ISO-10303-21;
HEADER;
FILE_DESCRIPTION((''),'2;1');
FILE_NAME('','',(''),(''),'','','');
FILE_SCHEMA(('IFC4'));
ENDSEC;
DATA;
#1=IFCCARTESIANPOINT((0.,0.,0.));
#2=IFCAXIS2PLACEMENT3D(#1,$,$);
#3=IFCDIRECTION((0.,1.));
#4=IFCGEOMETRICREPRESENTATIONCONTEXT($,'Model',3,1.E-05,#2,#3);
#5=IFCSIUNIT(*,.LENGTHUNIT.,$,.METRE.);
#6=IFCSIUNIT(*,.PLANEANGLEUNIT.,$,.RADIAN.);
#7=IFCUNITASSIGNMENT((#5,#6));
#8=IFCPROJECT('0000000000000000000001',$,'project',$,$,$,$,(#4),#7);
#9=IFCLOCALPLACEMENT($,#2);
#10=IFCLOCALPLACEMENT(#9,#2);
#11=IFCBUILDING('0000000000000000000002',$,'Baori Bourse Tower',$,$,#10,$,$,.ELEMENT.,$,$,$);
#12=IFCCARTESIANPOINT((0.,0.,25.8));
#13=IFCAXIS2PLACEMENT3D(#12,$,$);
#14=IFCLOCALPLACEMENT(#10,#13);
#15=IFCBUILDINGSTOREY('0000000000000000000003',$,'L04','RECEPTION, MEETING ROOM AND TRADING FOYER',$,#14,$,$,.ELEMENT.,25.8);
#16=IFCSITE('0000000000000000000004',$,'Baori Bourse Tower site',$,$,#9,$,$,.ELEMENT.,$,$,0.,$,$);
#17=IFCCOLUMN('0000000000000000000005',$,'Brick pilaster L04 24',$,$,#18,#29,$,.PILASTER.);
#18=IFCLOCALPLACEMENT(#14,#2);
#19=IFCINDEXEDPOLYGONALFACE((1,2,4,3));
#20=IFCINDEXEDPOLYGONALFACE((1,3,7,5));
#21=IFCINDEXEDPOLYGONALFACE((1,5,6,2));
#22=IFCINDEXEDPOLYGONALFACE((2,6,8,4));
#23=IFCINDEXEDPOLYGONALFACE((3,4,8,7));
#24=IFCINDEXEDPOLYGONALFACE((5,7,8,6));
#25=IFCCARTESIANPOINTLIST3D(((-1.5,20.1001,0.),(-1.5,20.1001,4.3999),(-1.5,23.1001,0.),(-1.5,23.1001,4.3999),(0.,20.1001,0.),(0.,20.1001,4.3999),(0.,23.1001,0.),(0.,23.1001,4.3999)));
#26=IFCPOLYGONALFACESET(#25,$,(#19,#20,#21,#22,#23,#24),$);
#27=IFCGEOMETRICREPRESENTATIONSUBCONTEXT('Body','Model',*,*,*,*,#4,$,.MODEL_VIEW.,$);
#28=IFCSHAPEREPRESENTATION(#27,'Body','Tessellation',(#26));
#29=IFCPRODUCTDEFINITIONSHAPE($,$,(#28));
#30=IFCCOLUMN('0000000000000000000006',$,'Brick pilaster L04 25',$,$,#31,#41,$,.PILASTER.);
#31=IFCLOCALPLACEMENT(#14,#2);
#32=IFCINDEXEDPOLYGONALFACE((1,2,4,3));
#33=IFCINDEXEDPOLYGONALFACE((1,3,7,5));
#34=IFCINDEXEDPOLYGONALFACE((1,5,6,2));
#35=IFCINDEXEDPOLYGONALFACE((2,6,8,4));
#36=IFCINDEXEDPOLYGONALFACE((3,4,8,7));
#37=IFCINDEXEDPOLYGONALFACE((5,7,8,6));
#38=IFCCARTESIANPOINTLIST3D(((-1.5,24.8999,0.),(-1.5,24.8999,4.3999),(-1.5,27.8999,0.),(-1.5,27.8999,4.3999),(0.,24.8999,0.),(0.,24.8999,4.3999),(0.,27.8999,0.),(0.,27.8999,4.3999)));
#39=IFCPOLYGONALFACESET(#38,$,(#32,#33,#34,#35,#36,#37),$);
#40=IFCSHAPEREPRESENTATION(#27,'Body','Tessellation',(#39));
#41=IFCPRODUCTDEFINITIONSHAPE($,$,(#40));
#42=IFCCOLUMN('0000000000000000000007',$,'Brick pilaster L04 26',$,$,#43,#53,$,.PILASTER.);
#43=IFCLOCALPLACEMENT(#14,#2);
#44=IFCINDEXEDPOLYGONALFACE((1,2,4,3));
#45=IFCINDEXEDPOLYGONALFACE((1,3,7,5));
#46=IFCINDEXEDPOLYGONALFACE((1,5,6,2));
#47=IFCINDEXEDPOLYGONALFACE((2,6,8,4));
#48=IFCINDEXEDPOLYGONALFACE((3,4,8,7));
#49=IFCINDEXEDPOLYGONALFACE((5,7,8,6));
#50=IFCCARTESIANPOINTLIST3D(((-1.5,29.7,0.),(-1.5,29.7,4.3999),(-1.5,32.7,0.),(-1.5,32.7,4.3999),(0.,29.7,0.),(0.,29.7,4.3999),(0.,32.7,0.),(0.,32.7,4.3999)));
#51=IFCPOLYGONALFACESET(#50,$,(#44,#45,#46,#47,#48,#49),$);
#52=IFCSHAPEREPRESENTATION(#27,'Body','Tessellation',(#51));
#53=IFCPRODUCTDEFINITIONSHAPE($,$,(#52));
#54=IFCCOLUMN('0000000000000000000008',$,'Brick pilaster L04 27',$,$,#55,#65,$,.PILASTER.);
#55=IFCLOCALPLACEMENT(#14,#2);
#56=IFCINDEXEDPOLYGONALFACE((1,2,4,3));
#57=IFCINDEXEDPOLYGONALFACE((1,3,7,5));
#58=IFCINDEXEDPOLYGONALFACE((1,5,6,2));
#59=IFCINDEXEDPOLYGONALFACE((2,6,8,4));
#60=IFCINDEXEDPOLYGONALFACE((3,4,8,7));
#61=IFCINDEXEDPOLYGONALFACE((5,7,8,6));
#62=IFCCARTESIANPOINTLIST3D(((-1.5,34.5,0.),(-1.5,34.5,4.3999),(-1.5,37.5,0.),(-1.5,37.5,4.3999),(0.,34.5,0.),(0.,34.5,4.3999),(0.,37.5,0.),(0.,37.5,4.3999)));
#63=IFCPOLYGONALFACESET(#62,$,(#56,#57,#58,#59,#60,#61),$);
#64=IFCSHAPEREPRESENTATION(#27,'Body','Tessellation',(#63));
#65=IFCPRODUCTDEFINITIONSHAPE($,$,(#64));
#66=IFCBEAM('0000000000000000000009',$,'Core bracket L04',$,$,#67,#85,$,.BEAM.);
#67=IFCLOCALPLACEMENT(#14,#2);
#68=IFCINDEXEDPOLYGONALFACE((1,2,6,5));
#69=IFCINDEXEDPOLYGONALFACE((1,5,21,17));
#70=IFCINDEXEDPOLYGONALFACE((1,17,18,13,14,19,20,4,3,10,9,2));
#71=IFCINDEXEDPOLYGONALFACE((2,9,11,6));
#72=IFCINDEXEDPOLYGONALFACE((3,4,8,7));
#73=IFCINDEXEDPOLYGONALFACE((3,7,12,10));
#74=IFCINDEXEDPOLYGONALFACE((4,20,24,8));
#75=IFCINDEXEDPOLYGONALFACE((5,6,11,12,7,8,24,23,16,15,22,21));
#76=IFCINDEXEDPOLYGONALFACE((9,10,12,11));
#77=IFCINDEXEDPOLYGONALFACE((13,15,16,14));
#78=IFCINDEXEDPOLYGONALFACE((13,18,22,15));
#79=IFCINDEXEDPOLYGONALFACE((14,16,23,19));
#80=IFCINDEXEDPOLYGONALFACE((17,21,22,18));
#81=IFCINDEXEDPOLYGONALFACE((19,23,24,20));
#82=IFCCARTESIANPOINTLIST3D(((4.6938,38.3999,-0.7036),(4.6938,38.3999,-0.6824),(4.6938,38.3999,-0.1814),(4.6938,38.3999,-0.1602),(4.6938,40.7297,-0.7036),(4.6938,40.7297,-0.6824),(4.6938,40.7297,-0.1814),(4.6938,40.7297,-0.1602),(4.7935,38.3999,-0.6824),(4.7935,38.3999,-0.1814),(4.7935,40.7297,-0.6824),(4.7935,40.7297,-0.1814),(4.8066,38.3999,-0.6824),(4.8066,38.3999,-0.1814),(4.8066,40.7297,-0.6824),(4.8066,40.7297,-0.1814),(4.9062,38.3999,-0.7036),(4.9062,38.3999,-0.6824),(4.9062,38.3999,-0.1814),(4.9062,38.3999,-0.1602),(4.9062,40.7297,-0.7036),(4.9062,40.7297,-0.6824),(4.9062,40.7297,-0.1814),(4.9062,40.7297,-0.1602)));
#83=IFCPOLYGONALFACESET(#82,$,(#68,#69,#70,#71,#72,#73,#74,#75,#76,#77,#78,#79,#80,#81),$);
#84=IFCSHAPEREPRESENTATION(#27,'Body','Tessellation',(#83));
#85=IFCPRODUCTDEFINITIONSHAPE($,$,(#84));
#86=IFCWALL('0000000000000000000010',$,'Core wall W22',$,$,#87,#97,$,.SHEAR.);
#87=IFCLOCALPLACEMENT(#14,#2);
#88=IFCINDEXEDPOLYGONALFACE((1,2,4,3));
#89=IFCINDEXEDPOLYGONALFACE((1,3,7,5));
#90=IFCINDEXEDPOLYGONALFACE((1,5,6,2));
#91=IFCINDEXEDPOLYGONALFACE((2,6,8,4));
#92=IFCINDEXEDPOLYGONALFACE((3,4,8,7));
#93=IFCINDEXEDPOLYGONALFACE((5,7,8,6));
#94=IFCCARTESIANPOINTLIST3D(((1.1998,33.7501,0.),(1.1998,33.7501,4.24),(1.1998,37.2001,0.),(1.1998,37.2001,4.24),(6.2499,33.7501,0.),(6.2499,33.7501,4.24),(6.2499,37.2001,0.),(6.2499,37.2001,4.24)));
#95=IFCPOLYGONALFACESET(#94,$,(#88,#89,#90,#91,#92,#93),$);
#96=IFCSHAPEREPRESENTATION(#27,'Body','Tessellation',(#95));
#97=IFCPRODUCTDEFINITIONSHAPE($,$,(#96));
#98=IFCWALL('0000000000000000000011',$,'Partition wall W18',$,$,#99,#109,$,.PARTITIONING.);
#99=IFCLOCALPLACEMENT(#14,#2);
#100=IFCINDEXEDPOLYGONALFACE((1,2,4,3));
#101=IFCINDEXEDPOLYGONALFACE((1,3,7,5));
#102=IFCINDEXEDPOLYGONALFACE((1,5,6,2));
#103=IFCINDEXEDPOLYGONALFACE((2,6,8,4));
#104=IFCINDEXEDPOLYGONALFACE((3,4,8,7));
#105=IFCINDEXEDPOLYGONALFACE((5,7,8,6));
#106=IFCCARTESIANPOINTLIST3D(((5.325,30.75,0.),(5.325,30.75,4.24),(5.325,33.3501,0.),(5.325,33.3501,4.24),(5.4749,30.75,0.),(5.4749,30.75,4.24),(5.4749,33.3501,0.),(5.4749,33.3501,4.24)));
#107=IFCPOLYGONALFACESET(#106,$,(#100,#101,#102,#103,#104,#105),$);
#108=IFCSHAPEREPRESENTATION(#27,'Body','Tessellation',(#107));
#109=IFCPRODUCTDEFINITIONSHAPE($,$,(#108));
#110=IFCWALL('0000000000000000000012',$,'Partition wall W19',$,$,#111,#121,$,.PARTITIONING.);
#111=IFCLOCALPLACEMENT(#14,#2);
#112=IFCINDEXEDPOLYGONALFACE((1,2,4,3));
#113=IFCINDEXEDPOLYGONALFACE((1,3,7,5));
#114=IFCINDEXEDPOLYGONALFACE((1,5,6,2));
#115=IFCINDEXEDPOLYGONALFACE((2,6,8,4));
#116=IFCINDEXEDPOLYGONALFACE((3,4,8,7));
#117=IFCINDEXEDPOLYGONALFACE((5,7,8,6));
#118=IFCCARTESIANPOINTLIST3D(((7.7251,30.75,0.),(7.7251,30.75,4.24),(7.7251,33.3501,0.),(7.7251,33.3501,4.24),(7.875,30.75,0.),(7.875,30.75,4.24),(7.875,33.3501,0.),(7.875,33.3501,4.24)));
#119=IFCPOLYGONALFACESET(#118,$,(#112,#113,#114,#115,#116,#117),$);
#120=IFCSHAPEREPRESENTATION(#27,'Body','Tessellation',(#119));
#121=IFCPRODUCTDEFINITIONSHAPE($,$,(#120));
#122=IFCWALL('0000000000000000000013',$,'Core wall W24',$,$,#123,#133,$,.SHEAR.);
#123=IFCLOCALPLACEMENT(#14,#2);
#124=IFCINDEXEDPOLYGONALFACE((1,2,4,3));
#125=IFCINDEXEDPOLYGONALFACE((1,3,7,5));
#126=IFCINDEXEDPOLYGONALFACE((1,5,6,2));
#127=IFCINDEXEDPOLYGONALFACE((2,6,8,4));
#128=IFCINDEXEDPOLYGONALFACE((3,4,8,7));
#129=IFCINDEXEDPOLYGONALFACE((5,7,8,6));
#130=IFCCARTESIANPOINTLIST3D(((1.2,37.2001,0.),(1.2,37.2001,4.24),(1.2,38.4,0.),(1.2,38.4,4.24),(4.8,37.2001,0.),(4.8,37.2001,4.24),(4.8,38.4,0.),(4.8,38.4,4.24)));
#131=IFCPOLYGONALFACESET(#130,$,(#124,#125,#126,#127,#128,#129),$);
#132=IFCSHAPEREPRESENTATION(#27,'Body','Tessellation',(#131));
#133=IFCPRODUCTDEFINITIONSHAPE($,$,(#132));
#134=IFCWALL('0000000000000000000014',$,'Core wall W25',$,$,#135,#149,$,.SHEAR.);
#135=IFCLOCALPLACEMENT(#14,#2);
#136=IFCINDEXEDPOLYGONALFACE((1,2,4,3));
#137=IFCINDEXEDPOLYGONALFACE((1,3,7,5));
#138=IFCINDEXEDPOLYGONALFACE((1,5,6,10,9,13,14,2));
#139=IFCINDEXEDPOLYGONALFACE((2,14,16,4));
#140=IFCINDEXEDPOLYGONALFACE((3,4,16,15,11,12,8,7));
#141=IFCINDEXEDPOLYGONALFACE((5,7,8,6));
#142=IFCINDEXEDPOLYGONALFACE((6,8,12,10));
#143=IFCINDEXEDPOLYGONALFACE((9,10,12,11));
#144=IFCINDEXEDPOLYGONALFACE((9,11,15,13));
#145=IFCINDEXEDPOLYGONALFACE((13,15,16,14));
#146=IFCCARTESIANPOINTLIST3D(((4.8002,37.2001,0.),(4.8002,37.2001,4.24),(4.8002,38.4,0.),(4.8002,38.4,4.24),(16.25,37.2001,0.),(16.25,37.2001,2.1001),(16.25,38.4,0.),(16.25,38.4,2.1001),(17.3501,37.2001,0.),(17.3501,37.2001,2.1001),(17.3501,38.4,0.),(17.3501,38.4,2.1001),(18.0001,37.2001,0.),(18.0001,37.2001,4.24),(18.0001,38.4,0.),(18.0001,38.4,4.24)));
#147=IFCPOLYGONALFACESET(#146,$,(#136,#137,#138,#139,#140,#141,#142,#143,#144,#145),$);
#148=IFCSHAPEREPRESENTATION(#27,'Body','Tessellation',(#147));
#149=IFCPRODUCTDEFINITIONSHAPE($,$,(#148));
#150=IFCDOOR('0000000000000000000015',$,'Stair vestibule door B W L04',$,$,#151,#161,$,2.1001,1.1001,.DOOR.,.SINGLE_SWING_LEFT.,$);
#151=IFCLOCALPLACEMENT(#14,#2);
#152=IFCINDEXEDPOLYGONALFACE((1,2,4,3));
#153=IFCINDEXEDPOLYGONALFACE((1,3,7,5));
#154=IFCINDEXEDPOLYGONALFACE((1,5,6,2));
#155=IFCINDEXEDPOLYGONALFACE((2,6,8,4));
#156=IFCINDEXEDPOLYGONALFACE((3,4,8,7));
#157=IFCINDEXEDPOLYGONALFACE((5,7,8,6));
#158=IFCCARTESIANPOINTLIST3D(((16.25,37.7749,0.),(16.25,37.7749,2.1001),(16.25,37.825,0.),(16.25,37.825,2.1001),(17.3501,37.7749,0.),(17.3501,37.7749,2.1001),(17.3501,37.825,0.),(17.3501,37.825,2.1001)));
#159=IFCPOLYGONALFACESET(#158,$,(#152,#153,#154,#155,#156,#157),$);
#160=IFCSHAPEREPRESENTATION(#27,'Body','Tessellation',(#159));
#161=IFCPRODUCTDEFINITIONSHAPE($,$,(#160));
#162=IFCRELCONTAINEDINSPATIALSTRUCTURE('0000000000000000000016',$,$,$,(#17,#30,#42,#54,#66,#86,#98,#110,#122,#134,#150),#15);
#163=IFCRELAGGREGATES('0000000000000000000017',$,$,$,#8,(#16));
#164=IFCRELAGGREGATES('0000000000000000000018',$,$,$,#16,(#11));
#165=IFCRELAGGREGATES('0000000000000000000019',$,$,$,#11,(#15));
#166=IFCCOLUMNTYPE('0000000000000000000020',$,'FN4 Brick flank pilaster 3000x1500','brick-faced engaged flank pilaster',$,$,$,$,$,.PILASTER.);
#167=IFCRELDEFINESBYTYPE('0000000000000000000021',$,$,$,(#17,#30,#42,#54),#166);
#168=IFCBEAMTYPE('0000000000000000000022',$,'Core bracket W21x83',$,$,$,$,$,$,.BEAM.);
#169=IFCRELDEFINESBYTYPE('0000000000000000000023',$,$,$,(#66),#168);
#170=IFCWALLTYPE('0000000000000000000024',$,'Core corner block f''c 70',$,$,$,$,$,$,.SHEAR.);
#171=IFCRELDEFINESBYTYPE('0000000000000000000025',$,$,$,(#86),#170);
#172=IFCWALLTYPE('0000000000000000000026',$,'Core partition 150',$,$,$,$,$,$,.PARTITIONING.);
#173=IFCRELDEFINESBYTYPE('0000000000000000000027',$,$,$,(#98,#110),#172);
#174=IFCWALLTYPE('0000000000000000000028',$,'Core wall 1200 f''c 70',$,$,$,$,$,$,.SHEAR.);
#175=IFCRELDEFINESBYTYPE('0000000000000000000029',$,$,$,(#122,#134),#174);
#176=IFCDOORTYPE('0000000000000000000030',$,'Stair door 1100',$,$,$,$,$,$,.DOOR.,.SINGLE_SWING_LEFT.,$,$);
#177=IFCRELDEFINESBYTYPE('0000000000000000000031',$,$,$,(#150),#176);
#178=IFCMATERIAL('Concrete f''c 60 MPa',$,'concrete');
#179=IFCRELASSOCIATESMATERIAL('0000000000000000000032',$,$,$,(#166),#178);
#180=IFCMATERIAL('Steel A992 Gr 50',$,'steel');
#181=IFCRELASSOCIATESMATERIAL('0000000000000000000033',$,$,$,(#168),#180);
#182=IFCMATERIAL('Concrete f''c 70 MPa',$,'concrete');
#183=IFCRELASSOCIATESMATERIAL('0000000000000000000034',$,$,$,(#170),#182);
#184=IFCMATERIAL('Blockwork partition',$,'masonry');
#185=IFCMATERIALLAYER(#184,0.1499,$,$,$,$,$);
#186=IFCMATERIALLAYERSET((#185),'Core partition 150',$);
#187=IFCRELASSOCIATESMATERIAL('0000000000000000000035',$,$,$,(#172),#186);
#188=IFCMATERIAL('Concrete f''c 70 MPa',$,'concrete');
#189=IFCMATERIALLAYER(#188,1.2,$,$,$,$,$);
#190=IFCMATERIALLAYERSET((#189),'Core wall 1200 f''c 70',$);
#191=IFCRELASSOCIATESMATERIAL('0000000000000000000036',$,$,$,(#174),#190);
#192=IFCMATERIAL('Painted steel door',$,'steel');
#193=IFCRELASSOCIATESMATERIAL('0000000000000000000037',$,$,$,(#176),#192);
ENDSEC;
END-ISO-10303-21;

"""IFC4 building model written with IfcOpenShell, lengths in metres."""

from ifc_helpers import new_model, si_unit, direction, frame, frame_2d, origin, origin_2d, place, context, subcontext, project, spatial, rectangle, i_section, extrude, material, layer, layer_set, material_profile, profile_set, type_object, element, fill, save


model = new_model("IFC4")

# Units and contexts
model_context = context("Model", 3, precision=1e-05, world=origin(), true_north=direction((0.0, 1.0)))
body_context = subcontext(model_context, "Body", "Model", "MODEL_VIEW")
ifc_project = project(units=[si_unit("LENGTHUNIT", "METRE"), si_unit("PLANEANGLEUNIT", "RADIAN")], contexts=[model_context])

# Site, building, storey
site_placement = place(None, origin())
site = spatial("IfcSite", under=ifc_project, at=site_placement, Name="Baori Bourse Tower site", CompositionType="ELEMENT", RefElevation=0.0)
building_placement = place(site_placement, origin())
building = spatial("IfcBuilding", under=site, at=building_placement, Name="Baori Bourse Tower", CompositionType="ELEMENT")
storey_placement = place(building_placement, frame((0.0, 0.0, 25.8)))
storey = spatial("IfcBuildingStorey", under=building, at=storey_placement, Name="L04", Description="RECEPTION, MEETING ROOM AND TRADING FOYER", CompositionType="ELEMENT", Elevation=25.8)

# Columns
ifc_material_1 = material(Name="Concrete f'c 60 MPa", Category="concrete")
ifc_material_profile_1 = material_profile(ifc_material_1, rectangle(XDim=3.0, YDim=1.5, at=origin_2d()), Name="RC 3000x1500")
ifc_profile_set_1 = profile_set([ifc_material_profile_1], Name="Concrete f'c 60 MPa")
column_type = type_object("IfcColumnType", Name="FN4 Brick flank pilaster 3000x1500", Description="brick-faced engaged flank pilaster", PredefinedType="PILASTER", material=ifc_profile_set_1)
for number, where, z_axis, x_axis, name in (
    (1, (-0.75, 21.6001, 0.0), (0.0, 0.0, 1.0), (0.0, 1.0, 0.0), "Brick pilaster L04 24"),
    (2, (-0.75, 26.3999, 0.0), (0.0, 0.0, 1.0), (0.0, 1.0, 0.0), "Brick pilaster L04 25"),
    (3, (-0.75, 31.2, 0.0), (0.0, 0.0, 1.0), (0.0, 1.0, 0.0), "Brick pilaster L04 26"),
    (4, (-0.75, 36.0, 0.0), (0.0, 0.0, 1.0), (0.0, 1.0, 0.0), "Brick pilaster L04 27"),
):
    element("IfcColumn", number, at=place(storey_placement, frame(where, z_axis=z_axis, x_axis=x_axis)), inside=storey, type_object=column_type, Name=name, PredefinedType="PILASTER", context=body_context, shape_type="SweptSolid", body=[
        extrude(rectangle(XDim=3.0, YDim=1.5, at=origin_2d()), origin(), (0.0, 0.0, 1.0), 4.3999),
    ])

# Beam
ifc_material_2 = material(Name="Steel A992 Gr 50", Category="steel")
ifc_material_profile_2 = material_profile(ifc_material_2, i_section(OverallWidth=0.2124, OverallDepth=0.5435, WebThickness=0.0132, FlangeThickness=0.0212, at=origin_2d()), Name="W21x83")
ifc_profile_set_2 = profile_set([ifc_material_profile_2], Name="Steel A992 Gr 50")
beam_type = type_object("IfcBeamType", Name="Core bracket W21x83", PredefinedType="BEAM", material=ifc_profile_set_2)
beam_placement = place(storey_placement, frame((4.8, 38.3999, -0.4319), z_axis=(0.0, 1.0, 0.0), x_axis=(-1.0, 0.0, 0.0)))
element("IfcBeam", 5, at=beam_placement, inside=storey, type_object=beam_type, Name="Core bracket L04", PredefinedType="BEAM", context=body_context, shape_type="SweptSolid", body=[
    extrude(i_section(OverallWidth=0.2124, OverallDepth=0.5435, WebThickness=0.0132, FlangeThickness=0.0212, at=origin_2d()), origin(), (0.0, 0.0, 1.0), 2.3298),
])

# Walls
ifc_material_3 = material(Name="Concrete f'c 70 MPa", Category="concrete")
wall_type_1 = type_object("IfcWallType", Name="Core corner block f'c 70", PredefinedType="SHEAR", material=ifc_material_3)
wall_1_placement = place(storey_placement, frame((1.2, 35.4751, 0.0), z_axis=(0.0, 0.0, 1.0), x_axis=(1.0, 0.0, 0.0)))
element("IfcWall", 6, at=wall_1_placement, inside=storey, type_object=wall_type_1, Name="Core wall W22", PredefinedType="SHEAR", context=body_context, shape_type="SweptSolid", body=[
    extrude(rectangle(XDim=5.05, YDim=3.45, at=frame_2d((2.5249, 0.0))), origin(), (0.0, 0.0, 1.0), 4.24),
])
ifc_material_4 = material(Name="Blockwork partition", Category="masonry")
ifc_layer_1 = layer(ifc_material_4, 0.1499)
ifc_layer_set_1 = layer_set([ifc_layer_1], Name="Core partition 150")
wall_type_2 = type_object("IfcWallType", Name="Core partition 150", PredefinedType="PARTITIONING", material=ifc_layer_set_1)
for number, where, z_axis, x_axis, name in (
    (7, (5.3999, 30.75, 0.0), (0.0, 0.0, 1.0), (0.0, 1.0, 0.0), "Partition wall W18"),
    (8, (7.8, 30.75, 0.0), (0.0, 0.0, 1.0), (0.0, 1.0, 0.0), "Partition wall W19"),
):
    element("IfcWall", number, at=place(storey_placement, frame(where, z_axis=z_axis, x_axis=x_axis)), inside=storey, type_object=wall_type_2, Name=name, PredefinedType="PARTITIONING", context=body_context, shape_type="SweptSolid", body=[
        extrude(rectangle(XDim=2.6001, YDim=0.1499, at=frame_2d((1.3, 0.0))), origin(), (0.0, 0.0, 1.0), 4.24),
    ])
ifc_material_5 = material(Name="Concrete f'c 70 MPa", Category="concrete")
ifc_layer_2 = layer(ifc_material_5, 1.2)
ifc_layer_set_2 = layer_set([ifc_layer_2], Name="Core wall 1200 f'c 70")
wall_type_3 = type_object("IfcWallType", Name="Core wall 1200 f'c 70", PredefinedType="SHEAR", material=ifc_layer_set_2)
wall_2_placement = place(storey_placement, frame((1.2, 37.8, 0.0), z_axis=(0.0, 0.0, 1.0), x_axis=(1.0, 0.0, 0.0)))
element("IfcWall", 9, at=wall_2_placement, inside=storey, type_object=wall_type_3, Name="Core wall W24", PredefinedType="SHEAR", context=body_context, shape_type="SweptSolid", body=[
    extrude(rectangle(XDim=3.6001, YDim=1.2, at=frame_2d((1.8, 0.0))), origin(), (0.0, 0.0, 1.0), 4.24),
])

# Wall, opening, door
wall_3_placement = place(storey_placement, frame((4.8, 37.8, 0.0), z_axis=(0.0, 0.0, 1.0), x_axis=(1.0, 0.0, 0.0)))
wall_3 = element("IfcWall", 10, at=wall_3_placement, inside=storey, type_object=wall_type_3, Name="Core wall W25", PredefinedType="SHEAR", context=body_context, shape_type="SweptSolid", body=[
    extrude(rectangle(XDim=13.2, YDim=1.2, at=frame_2d((6.6001, 0.0))), origin(), (0.0, 0.0, 1.0), 4.24),
])
opening_1_placement = place(wall_3_placement, frame((11.45, 0.0, 0.0)))
opening_1 = element("IfcOpeningElement", 11, at=opening_1_placement, cuts=wall_3, PredefinedType="OPENING", context=body_context, shape_type="SweptSolid", body=[
    extrude(rectangle(XDim=1.1001, YDim=2.1001, at=frame_2d((0.55, 1.05))), frame((0.0, 0.6099, 0.0), z_axis=(0.0, -1.0, 0.0), x_axis=(1.0, 0.0, 0.0)), (0.0, 0.0, 1.0), 1.22),
])
ifc_material_6 = material(Name="Painted steel door", Category="steel")
door_type_1 = type_object("IfcDoorType", Name="Stair door 1100", OperationType="SINGLE_SWING_LEFT", PredefinedType="DOOR", material=ifc_material_6)
door_1_placement = place(opening_1_placement, origin())
door_1 = element("IfcDoor", 12, at=door_1_placement, inside=storey, type_object=door_type_1, Name="Stair vestibule door B W L04", OperationType="SINGLE_SWING_LEFT", OverallHeight=2.1001, OverallWidth=1.1001, PredefinedType="DOOR", context=body_context, shape_type="SweptSolid", body=[
    extrude(rectangle(XDim=1.1001, YDim=2.1001, at=frame_2d((0.55, 1.05))), frame((0.0, 0.0249, 0.0), z_axis=(0.0, -1.0, 0.0), x_axis=(1.0, 0.0, 0.0)), (0.0, 0.0, 1.0), 0.05),
])
fill(opening_1, door_1)

save(model, "model.ifc")
